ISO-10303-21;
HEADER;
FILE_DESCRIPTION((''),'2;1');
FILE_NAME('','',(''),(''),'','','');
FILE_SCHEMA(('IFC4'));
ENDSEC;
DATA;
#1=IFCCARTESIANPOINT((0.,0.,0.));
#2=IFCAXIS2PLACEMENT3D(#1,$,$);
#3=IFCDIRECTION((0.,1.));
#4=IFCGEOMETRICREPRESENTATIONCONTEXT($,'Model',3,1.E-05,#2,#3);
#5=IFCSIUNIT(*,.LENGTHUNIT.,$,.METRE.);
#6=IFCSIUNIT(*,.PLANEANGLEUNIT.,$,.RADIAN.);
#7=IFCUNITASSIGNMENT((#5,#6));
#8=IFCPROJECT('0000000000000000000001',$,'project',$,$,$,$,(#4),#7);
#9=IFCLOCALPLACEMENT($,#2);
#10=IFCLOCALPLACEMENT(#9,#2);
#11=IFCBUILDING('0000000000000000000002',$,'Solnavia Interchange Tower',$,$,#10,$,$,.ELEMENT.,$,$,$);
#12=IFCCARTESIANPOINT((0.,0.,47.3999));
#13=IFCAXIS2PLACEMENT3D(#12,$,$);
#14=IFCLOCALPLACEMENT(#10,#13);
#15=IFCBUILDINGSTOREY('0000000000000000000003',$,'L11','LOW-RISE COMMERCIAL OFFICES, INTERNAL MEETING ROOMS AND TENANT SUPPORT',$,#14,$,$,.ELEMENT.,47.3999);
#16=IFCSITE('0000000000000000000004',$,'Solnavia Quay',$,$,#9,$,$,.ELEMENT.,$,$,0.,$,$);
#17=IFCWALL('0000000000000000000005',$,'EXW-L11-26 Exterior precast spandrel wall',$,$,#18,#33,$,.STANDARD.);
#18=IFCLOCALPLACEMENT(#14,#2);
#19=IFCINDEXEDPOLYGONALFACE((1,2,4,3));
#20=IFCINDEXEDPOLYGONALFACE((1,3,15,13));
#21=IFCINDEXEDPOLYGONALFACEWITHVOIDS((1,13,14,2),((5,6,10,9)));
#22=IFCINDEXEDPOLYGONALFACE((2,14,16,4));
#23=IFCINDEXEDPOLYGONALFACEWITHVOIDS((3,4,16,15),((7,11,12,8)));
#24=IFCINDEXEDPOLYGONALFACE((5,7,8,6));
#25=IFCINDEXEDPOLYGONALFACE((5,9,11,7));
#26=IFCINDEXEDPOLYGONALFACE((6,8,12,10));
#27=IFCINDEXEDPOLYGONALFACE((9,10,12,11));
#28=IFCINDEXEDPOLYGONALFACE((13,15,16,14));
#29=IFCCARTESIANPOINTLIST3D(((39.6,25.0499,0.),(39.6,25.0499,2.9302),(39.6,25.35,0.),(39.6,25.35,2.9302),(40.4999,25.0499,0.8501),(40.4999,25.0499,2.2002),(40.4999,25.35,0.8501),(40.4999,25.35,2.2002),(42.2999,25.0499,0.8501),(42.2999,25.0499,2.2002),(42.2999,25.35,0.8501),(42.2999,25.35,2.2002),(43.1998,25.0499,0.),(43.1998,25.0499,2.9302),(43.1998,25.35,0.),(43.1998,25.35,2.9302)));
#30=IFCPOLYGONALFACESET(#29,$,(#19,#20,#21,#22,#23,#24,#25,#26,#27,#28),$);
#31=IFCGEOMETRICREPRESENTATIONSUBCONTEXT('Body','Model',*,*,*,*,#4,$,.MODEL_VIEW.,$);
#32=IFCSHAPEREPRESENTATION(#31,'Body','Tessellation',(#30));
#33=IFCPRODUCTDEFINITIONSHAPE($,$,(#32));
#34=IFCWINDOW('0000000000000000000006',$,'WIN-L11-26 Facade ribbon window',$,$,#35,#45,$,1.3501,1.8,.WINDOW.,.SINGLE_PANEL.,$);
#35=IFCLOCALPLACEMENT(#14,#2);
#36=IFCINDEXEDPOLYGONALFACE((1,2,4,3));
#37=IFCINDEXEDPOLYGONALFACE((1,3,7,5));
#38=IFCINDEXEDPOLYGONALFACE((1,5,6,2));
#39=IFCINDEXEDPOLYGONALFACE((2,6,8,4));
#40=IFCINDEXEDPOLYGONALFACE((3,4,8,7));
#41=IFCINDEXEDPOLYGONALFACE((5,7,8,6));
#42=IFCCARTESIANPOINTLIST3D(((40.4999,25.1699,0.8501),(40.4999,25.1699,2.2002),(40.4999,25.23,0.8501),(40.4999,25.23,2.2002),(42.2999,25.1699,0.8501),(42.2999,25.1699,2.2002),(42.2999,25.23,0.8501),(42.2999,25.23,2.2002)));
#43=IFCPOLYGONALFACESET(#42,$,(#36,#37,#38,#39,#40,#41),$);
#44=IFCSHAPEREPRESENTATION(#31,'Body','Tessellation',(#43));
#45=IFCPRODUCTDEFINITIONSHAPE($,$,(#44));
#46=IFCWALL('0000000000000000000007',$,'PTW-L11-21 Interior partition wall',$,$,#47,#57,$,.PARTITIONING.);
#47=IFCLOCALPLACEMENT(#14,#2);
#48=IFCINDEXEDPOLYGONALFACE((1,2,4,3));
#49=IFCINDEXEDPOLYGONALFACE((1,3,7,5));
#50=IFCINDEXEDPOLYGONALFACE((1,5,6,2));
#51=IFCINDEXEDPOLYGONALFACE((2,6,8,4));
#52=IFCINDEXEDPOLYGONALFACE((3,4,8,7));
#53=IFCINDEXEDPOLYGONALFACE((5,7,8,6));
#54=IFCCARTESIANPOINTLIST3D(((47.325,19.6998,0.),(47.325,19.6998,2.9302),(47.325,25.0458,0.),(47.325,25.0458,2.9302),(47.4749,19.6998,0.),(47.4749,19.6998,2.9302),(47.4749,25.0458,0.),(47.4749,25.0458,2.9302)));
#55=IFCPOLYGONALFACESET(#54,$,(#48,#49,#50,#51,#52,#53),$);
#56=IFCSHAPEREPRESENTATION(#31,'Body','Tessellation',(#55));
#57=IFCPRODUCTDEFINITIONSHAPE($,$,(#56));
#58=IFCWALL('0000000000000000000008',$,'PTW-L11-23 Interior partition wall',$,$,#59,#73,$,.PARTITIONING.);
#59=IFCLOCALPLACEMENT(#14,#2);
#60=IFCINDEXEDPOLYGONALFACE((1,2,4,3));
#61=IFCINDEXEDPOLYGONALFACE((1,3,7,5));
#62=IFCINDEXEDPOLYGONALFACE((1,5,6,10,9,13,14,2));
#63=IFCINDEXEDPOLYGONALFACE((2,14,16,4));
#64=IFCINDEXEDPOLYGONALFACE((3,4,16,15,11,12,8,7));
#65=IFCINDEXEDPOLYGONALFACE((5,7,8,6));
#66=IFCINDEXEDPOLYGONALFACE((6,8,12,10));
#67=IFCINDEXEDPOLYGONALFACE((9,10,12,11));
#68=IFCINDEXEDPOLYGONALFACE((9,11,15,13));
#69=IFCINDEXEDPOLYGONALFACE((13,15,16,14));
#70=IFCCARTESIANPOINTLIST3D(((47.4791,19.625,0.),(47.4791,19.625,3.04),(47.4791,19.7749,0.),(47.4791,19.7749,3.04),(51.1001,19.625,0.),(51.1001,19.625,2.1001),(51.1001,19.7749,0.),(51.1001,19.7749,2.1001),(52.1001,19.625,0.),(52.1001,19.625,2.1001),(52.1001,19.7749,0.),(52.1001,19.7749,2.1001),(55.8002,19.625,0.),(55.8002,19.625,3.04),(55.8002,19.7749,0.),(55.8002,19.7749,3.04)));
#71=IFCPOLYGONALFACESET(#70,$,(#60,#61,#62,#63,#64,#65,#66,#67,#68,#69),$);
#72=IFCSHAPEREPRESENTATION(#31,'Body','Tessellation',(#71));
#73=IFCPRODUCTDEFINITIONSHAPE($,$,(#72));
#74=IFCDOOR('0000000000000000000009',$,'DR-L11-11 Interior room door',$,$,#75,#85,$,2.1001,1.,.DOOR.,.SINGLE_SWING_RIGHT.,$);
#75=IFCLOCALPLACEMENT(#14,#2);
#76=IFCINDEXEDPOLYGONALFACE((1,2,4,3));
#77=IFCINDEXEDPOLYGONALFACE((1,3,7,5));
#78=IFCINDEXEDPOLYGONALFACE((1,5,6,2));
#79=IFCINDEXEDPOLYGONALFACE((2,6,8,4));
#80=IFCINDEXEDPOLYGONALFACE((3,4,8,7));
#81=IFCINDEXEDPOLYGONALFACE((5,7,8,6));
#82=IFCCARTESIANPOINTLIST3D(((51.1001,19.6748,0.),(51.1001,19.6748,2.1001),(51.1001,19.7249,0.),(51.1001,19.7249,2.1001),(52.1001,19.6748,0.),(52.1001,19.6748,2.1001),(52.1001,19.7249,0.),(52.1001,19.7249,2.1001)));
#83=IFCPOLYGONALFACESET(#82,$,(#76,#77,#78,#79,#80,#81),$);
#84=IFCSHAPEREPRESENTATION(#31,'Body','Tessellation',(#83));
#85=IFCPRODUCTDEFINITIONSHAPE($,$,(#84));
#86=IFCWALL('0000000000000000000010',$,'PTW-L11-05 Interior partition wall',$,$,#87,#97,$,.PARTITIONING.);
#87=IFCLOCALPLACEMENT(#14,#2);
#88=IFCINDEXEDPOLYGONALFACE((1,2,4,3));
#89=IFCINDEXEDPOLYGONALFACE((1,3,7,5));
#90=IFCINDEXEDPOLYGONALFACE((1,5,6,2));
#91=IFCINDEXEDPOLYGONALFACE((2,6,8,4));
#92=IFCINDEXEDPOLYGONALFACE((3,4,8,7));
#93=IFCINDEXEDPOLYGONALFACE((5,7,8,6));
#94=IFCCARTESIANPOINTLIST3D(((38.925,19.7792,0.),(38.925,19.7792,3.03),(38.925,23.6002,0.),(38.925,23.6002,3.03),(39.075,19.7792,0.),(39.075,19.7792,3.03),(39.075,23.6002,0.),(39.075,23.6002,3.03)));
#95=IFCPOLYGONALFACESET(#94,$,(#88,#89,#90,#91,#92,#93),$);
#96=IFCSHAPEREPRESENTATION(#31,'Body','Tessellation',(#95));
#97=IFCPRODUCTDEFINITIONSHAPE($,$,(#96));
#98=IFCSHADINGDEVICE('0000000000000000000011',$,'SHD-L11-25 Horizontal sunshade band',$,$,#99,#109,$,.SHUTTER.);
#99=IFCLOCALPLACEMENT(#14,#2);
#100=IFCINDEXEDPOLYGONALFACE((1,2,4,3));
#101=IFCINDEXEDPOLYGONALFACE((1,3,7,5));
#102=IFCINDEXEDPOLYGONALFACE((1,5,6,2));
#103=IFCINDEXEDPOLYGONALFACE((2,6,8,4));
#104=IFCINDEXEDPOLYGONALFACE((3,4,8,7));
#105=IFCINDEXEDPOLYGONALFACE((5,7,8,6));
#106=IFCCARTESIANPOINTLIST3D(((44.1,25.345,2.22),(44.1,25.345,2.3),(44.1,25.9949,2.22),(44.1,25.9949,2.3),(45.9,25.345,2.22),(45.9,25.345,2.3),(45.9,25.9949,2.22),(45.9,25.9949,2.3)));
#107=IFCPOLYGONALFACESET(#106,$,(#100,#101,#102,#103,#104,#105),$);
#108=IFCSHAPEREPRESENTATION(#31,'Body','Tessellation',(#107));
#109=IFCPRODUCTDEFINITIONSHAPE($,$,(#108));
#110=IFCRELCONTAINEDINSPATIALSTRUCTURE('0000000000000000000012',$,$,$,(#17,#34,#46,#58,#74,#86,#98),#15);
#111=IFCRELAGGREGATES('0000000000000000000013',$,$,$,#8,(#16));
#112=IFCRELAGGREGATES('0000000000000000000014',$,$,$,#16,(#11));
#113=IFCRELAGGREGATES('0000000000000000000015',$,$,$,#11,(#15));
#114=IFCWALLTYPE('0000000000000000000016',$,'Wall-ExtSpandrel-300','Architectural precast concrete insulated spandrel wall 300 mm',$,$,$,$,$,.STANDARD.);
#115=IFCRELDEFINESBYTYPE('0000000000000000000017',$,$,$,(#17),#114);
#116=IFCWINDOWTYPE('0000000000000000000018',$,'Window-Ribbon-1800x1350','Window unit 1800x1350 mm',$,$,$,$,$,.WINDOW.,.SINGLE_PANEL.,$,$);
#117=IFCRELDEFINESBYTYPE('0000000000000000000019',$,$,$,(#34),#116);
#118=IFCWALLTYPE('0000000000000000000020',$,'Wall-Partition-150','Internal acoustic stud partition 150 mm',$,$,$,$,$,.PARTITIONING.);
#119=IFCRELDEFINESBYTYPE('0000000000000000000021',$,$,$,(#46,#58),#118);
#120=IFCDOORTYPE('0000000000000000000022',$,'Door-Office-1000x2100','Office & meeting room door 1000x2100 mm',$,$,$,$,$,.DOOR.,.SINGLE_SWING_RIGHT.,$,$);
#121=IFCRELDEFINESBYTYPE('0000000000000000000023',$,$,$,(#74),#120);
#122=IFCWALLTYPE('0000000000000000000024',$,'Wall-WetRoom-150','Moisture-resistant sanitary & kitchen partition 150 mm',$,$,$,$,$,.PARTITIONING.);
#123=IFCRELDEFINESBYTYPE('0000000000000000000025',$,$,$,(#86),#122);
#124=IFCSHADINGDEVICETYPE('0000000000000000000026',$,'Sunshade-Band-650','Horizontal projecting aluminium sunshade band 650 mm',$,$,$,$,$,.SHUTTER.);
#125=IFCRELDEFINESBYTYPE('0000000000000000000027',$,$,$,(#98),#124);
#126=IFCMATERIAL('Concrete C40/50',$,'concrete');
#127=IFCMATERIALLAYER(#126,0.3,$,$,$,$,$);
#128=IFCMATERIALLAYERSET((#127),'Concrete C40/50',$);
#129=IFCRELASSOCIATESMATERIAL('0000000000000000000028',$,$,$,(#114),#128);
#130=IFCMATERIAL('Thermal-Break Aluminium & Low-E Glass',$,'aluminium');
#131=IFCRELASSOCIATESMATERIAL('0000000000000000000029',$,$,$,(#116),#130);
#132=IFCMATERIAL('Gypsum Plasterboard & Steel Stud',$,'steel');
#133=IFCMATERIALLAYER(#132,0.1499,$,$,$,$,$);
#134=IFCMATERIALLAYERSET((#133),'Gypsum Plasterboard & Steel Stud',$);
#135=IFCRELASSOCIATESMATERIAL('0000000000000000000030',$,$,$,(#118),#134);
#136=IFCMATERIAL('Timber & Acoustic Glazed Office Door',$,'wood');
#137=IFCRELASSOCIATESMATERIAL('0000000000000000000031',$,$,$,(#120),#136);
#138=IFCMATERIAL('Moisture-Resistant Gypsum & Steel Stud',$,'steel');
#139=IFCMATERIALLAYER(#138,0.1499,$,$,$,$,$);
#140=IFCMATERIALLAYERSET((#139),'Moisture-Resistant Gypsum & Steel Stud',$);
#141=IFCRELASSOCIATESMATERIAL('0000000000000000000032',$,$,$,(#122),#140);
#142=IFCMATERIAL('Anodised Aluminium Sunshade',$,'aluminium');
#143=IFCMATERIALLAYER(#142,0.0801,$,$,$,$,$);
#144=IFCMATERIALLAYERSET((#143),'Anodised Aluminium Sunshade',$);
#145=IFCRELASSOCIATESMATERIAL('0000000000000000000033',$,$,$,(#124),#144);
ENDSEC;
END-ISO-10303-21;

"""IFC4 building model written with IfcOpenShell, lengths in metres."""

from ifc_helpers import new_model, si_unit, direction, frame, frame_2d, origin, origin_2d, place, context, subcontext, project, spatial, rectangle, extrude, material, layer, layer_set, type_object, element, fill, save


model = new_model("IFC4")

# Units and contexts
model_context = context("Model", 3, precision=1e-05, world=origin(), true_north=direction((0.0, 1.0)))
body_context = subcontext(model_context, "Body", "Model", "MODEL_VIEW")
ifc_project = project(units=[si_unit("LENGTHUNIT", "METRE"), si_unit("PLANEANGLEUNIT", "RADIAN")], contexts=[model_context])

# Site, building, storey
site_placement = place(None, origin())
site = spatial("IfcSite", under=ifc_project, at=site_placement, Name="Solnavia Quay", CompositionType="ELEMENT", RefElevation=0.0)
building_placement = place(site_placement, origin())
building = spatial("IfcBuilding", under=site, at=building_placement, Name="Solnavia Interchange Tower", CompositionType="ELEMENT")
storey_placement = place(building_placement, frame((0.0, 0.0, 47.3999)))
storey = spatial("IfcBuildingStorey", under=building, at=storey_placement, Name="L11", Description="LOW-RISE COMMERCIAL OFFICES, INTERNAL MEETING ROOMS AND TENANT SUPPORT", CompositionType="ELEMENT", Elevation=47.3999)

# Shared definitions
ifc_material_1 = material(Name="Concrete C40/50", Category="concrete")
ifc_layer_1 = layer(ifc_material_1, 0.3)
ifc_layer_set_1 = layer_set([ifc_layer_1], Name="Concrete C40/50")
wall_type_1 = type_object("IfcWallType", Name="Wall-ExtSpandrel-300", Description="Architectural precast concrete insulated spandrel wall 300 mm", PredefinedType="STANDARD", material=ifc_layer_set_1)

# Wall, opening, window
ifc_material_2 = material(Name="Thermal-Break Aluminium & Low-E Glass", Category="aluminium")
window_type = type_object("IfcWindowType", Name="Window-Ribbon-1800x1350", Description="Window unit 1800x1350 mm", PartitioningType="SINGLE_PANEL", PredefinedType="WINDOW", material=ifc_material_2)
wall_1_placement = place(storey_placement, frame((39.6001, 25.2, 0.0), z_axis=(0.0, 0.0, 1.0), x_axis=(1.0, 0.0, 0.0)))
wall_1 = element("IfcWall", 1, at=wall_1_placement, inside=storey, type_object=wall_type_1, Name="EXW-L11-26 Exterior precast spandrel wall", PredefinedType="STANDARD", context=body_context, shape_type="SweptSolid", body=[
    extrude(rectangle(XDim=3.5999, YDim=0.3, at=frame_2d((1.7998, 0.0))), origin(), (0.0, 0.0, 1.0), 2.9302),
])
opening_1_placement = place(wall_1_placement, frame((0.8999, 0.0, 0.8501)))
opening_1 = element("IfcOpeningElement", 2, at=opening_1_placement, cuts=wall_1, PredefinedType="OPENING", context=body_context, shape_type="SweptSolid", body=[
    extrude(rectangle(XDim=1.8, YDim=1.3501, at=frame_2d((0.8999, 0.675))), frame((0.0, 0.1602, 0.0), z_axis=(0.0, -1.0, 0.0), x_axis=(1.0, 0.0, 0.0)), (0.0, 0.0, 1.0), 0.3201),
])
window_1_placement = place(opening_1_placement, origin())
window_1 = element("IfcWindow", 3, at=window_1_placement, inside=storey, type_object=window_type, Name="WIN-L11-26 Facade ribbon window", OverallHeight=1.3501, OverallWidth=1.8, PartitioningType="SINGLE_PANEL", PredefinedType="WINDOW", context=body_context, shape_type="SweptSolid", body=[
    extrude(rectangle(XDim=1.8, YDim=1.3501, at=frame_2d((0.8999, 0.675))), frame((0.0, 0.03, 0.0), z_axis=(0.0, -1.0, 0.0), x_axis=(1.0, 0.0, 0.0)), (0.0, 0.0, 1.0), 0.0601),
])
fill(opening_1, window_1)

# Wall
ifc_material_3 = material(Name="Gypsum Plasterboard & Steel Stud", Category="steel")
ifc_layer_2 = layer(ifc_material_3, 0.1499)
ifc_layer_set_2 = layer_set([ifc_layer_2], Name="Gypsum Plasterboard & Steel Stud")
wall_type_2 = type_object("IfcWallType", Name="Wall-Partition-150", Description="Internal acoustic stud partition 150 mm", PredefinedType="PARTITIONING", material=ifc_layer_set_2)
wall_2_placement = place(storey_placement, frame((47.3999, 19.7, 0.0), z_axis=(0.0, 0.0, 1.0), x_axis=(0.0, 1.0, 0.0)))
element("IfcWall", 4, at=wall_2_placement, inside=storey, type_object=wall_type_2, Name="PTW-L11-21 Interior partition wall", PredefinedType="PARTITIONING", context=body_context, shape_type="SweptSolid", body=[
    extrude(rectangle(XDim=5.3459, YDim=0.1499, at=frame_2d((2.6729, 0.0))), origin(), (0.0, 0.0, 1.0), 2.9302),
])

# Wall, opening, door
wall_3_placement = place(storey_placement, frame((47.479, 19.7, 0.0), z_axis=(0.0, 0.0, 1.0), x_axis=(1.0, 0.0, 0.0)))
wall_3 = element("IfcWall", 5, at=wall_3_placement, inside=storey, type_object=wall_type_2, Name="PTW-L11-23 Interior partition wall", PredefinedType="PARTITIONING", context=body_context, shape_type="SweptSolid", body=[
    extrude(rectangle(XDim=8.321, YDim=0.1499, at=frame_2d((4.1606, 0.0))), origin(), (0.0, 0.0, 1.0), 3.04),
])
opening_2_placement = place(wall_3_placement, frame((3.6211, 0.0, 0.0)))
opening_2 = element("IfcOpeningElement", 6, at=opening_2_placement, cuts=wall_3, PredefinedType="OPENING", context=body_context, shape_type="SweptSolid", body=[
    extrude(rectangle(XDim=1.0, YDim=2.1001, at=frame_2d((0.5, 1.05))), frame((0.0, 0.085, 0.0), z_axis=(0.0, -1.0, 0.0), x_axis=(1.0, 0.0, 0.0)), (0.0, 0.0, 1.0), 0.1699),
])
ifc_material_4 = material(Name="Timber & Acoustic Glazed Office Door", Category="wood")
door_type = type_object("IfcDoorType", Name="Door-Office-1000x2100", Description="Office & meeting room door 1000x2100 mm", OperationType="SINGLE_SWING_RIGHT", PredefinedType="DOOR", material=ifc_material_4)
door_placement = place(opening_2_placement, origin())
door = element("IfcDoor", 7, at=door_placement, inside=storey, type_object=door_type, Name="DR-L11-11 Interior room door", OperationType="SINGLE_SWING_RIGHT", OverallHeight=2.1001, OverallWidth=1.0, PredefinedType="DOOR", context=body_context, shape_type="SweptSolid", body=[
    extrude(rectangle(XDim=1.0, YDim=2.1001, at=frame_2d((0.5, 1.05))), frame((0.0, 0.0249, 0.0), z_axis=(0.0, -1.0, 0.0), x_axis=(1.0, 0.0, 0.0)), (0.0, 0.0, 1.0), 0.05),
])
fill(opening_2, door)

# Wall
ifc_material_5 = material(Name="Moisture-Resistant Gypsum & Steel Stud", Category="steel")
ifc_layer_3 = layer(ifc_material_5, 0.1499)
ifc_layer_set_3 = layer_set([ifc_layer_3], Name="Moisture-Resistant Gypsum & Steel Stud")
wall_type_3 = type_object("IfcWallType", Name="Wall-WetRoom-150", Description="Moisture-resistant sanitary & kitchen partition 150 mm", PredefinedType="PARTITIONING", material=ifc_layer_set_3)
wall_4_placement = place(storey_placement, frame((39.0, 19.7791, 0.0), z_axis=(0.0, 0.0, 1.0), x_axis=(0.0, 1.0, 0.0)))
element("IfcWall", 8, at=wall_4_placement, inside=storey, type_object=wall_type_3, Name="PTW-L11-05 Interior partition wall", PredefinedType="PARTITIONING", context=body_context, shape_type="SweptSolid", body=[
    extrude(rectangle(XDim=3.821, YDim=0.1499, at=frame_2d((1.9106, 0.0))), origin(), (0.0, 0.0, 1.0), 3.03),
])

# Shading device
ifc_material_6 = material(Name="Anodised Aluminium Sunshade", Category="aluminium")
ifc_layer_4 = layer(ifc_material_6, 0.0801)
ifc_layer_set_4 = layer_set([ifc_layer_4], Name="Anodised Aluminium Sunshade")
shading_device_type = type_object("IfcShadingDeviceType", Name="Sunshade-Band-650", Description="Horizontal projecting aluminium sunshade band 650 mm", PredefinedType="SHUTTER", material=ifc_layer_set_4)
shading_device_placement = place(storey_placement, frame((45.0, 25.6699, 2.22), z_axis=(0.0, 0.0, 1.0), x_axis=(1.0, 0.0, 0.0)))
element("IfcShadingDevice", 9, at=shading_device_placement, inside=storey, type_object=shading_device_type, Name="SHD-L11-25 Horizontal sunshade band", PredefinedType="SHUTTER", context=body_context, shape_type="SweptSolid", body=[
    extrude(rectangle(XDim=1.8, YDim=0.6499, at=origin_2d()), origin(), (0.0, 0.0, 1.0), 0.0801),
])

save(model, "model.ifc")
